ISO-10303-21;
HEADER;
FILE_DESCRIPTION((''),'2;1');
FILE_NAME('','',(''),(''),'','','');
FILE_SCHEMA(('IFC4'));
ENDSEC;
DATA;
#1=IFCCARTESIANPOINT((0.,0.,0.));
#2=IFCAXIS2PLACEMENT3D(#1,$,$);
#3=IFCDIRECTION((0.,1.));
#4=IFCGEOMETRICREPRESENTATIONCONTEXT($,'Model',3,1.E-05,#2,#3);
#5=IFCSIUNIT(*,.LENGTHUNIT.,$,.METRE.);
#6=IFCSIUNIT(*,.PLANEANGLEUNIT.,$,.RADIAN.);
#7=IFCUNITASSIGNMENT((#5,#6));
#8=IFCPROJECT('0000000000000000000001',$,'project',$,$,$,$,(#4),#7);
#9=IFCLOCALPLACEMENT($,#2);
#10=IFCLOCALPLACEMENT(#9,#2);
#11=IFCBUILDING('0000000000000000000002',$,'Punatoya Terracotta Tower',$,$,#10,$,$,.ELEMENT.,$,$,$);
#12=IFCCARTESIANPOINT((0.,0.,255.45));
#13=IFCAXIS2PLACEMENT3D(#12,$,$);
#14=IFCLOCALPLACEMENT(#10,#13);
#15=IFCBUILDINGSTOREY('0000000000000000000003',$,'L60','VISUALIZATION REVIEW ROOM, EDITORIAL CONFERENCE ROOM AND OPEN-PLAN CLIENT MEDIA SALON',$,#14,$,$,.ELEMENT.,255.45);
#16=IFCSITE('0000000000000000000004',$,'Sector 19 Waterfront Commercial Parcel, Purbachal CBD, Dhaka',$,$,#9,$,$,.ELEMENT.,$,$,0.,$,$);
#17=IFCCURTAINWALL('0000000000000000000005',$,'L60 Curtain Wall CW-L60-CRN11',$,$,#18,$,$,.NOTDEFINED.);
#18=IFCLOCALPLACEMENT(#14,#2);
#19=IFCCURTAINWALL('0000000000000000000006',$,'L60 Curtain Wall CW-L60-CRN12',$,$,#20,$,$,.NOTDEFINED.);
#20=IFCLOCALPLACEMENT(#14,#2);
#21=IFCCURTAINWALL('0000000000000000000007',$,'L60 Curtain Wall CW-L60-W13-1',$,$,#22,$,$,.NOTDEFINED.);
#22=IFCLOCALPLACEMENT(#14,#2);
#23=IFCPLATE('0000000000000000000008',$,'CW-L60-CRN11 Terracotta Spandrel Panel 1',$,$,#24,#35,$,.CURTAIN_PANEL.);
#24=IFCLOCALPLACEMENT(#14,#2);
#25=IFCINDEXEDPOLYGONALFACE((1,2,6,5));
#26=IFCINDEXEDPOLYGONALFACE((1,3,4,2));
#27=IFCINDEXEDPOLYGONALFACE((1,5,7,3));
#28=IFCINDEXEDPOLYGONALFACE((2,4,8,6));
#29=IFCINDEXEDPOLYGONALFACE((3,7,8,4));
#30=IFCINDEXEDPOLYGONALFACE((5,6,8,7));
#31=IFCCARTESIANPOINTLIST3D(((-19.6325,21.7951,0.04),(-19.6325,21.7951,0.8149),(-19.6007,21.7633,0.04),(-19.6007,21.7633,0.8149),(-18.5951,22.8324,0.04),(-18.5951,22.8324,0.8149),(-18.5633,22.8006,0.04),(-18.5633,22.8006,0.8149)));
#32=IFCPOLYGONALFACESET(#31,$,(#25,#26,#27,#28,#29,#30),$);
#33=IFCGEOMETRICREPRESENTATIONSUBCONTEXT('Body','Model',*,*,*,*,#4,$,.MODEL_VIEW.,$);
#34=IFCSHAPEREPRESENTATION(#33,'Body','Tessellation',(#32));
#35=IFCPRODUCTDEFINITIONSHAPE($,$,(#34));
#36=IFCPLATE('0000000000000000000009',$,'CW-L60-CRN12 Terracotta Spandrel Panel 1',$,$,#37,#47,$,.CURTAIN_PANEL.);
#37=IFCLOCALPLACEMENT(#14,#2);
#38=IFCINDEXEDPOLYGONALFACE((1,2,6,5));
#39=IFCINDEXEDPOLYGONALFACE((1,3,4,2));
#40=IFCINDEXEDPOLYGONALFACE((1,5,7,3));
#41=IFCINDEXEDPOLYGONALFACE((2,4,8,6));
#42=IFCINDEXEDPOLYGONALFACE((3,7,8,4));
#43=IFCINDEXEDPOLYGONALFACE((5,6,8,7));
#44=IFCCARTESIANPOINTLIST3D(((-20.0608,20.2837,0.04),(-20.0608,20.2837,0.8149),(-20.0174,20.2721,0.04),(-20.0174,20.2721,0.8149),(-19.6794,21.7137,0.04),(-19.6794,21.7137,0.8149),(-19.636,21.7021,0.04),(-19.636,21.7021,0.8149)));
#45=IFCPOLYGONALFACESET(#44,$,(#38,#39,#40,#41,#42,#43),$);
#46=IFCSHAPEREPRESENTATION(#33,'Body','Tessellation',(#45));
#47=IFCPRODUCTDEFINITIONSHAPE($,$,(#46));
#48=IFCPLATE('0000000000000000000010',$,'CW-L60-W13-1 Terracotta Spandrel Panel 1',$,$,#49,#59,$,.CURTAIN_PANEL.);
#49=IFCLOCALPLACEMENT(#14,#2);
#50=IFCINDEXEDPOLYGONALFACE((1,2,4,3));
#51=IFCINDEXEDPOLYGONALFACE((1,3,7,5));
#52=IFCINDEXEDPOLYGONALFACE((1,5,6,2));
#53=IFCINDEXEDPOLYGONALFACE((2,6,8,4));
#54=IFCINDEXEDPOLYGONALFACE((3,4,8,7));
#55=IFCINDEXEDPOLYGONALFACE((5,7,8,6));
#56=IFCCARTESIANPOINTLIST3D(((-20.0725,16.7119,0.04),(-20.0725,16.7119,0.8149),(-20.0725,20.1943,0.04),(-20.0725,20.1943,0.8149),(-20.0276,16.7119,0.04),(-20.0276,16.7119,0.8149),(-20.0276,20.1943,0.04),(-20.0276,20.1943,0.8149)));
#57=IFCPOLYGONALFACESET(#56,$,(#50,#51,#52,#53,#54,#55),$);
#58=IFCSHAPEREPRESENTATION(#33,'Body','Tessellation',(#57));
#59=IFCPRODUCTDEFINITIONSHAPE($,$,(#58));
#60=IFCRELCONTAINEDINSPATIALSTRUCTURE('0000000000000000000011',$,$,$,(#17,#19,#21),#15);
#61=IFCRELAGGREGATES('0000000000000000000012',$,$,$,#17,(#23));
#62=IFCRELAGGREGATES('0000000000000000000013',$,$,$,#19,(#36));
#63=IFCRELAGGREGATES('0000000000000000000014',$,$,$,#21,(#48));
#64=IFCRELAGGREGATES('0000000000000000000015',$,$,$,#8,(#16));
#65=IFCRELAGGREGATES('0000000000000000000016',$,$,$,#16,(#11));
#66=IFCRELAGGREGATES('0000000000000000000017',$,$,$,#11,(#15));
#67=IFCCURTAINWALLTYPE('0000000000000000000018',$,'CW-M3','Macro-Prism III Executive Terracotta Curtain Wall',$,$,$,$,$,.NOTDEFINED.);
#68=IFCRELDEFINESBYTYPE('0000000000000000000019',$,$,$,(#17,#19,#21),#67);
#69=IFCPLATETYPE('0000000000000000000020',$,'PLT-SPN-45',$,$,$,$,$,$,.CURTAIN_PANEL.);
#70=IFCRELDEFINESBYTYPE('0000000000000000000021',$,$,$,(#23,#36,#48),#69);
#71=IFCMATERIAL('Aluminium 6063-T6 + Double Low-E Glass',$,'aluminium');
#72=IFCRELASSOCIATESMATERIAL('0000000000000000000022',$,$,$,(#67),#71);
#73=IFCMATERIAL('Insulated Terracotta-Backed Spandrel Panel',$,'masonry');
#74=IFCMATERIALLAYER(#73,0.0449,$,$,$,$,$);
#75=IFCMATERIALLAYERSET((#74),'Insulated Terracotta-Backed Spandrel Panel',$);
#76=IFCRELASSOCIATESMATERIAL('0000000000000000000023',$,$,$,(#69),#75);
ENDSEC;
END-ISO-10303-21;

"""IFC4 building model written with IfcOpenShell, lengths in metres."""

from ifc_helpers import new_model, si_unit, direction, frame, origin, origin_2d, place, context, subcontext, project, spatial, rectangle, extrude, material, layer, layer_set, type_object, element, aggregate, save


model = new_model("IFC4")

# Units and contexts
model_context = context("Model", 3, precision=1e-05, world=origin(), true_north=direction((0.0, 1.0)))
body_context = subcontext(model_context, "Body", "Model", "MODEL_VIEW")
ifc_project = project(units=[si_unit("LENGTHUNIT", "METRE"), si_unit("PLANEANGLEUNIT", "RADIAN")], contexts=[model_context])

# Site, building, storey
site_placement = place(None, origin())
site = spatial("IfcSite", under=ifc_project, at=site_placement, Name="Sector 19 Waterfront Commercial Parcel, Purbachal CBD, Dhaka", CompositionType="ELEMENT", RefElevation=0.0)
building_placement = place(site_placement, origin())
building = spatial("IfcBuilding", under=site, at=building_placement, Name="Punatoya Terracotta Tower", CompositionType="ELEMENT")
storey_placement = place(building_placement, frame((0.0, 0.0, 255.45)))
storey = spatial("IfcBuildingStorey", under=building, at=storey_placement, Name="L60", Description="VISUALIZATION REVIEW ROOM, EDITORIAL CONFERENCE ROOM AND OPEN-PLAN CLIENT MEDIA SALON", CompositionType="ELEMENT", Elevation=255.45)

# Shared definitions
ifc_material_1 = material(Name="Aluminium 6063-T6 + Double Low-E Glass", Category="aluminium")
curtain_wall_type = type_object("IfcCurtainWallType", Name="CW-M3", Description="Macro-Prism III Executive Terracotta Curtain Wall", PredefinedType="NOTDEFINED", material=ifc_material_1)

# Curtain walls
curtain_wall_1_placement = place(storey_placement, origin())
curtain_wall_1 = element("IfcCurtainWall", 1, at=curtain_wall_1_placement, inside=storey, type_object=curtain_wall_type, Name="L60 Curtain Wall CW-L60-CRN11", PredefinedType="NOTDEFINED")
curtain_wall_2_placement = place(storey_placement, origin())
curtain_wall_2 = element("IfcCurtainWall", 2, at=curtain_wall_2_placement, inside=storey, type_object=curtain_wall_type, Name="L60 Curtain Wall CW-L60-CRN12", PredefinedType="NOTDEFINED")
curtain_wall_3_placement = place(storey_placement, origin())
curtain_wall_3 = element("IfcCurtainWall", 3, at=curtain_wall_3_placement, inside=storey, type_object=curtain_wall_type, Name="L60 Curtain Wall CW-L60-W13-1", PredefinedType="NOTDEFINED")

# Plates
ifc_material_2 = material(Name="Insulated Terracotta-Backed Spandrel Panel", Category="masonry")
ifc_layer_1 = layer(ifc_material_2, 0.0449)
ifc_layer_set_1 = layer_set([ifc_layer_1], Name="Insulated Terracotta-Backed Spandrel Panel")
plate_type_1 = type_object("IfcPlateType", Name="PLT-SPN-45", PredefinedType="CURTAIN_PANEL", material=ifc_layer_set_1)
plate_1_placement = place(storey_placement, frame((-19.0979, 22.2979, 0.04), z_axis=(0.0, 0.0, 1.0), x_axis=(-0.707107, -0.707107, 0.0)))
plate_1 = element("IfcPlate", 4, at=plate_1_placement, type_object=plate_type_1, Name="CW-L60-CRN11 Terracotta Spandrel Panel 1", PredefinedType="CURTAIN_PANEL", context=body_context, shape_type="SweptSolid", body=[
    extrude(rectangle(XDim=1.467, YDim=0.0449, at=origin_2d()), origin(), (0.0, 0.0, 1.0), 0.7749),
])
aggregate(curtain_wall_1, [plate_1])
plate_2_placement = place(storey_placement, frame((-19.8484, 20.9929, 0.04), z_axis=(0.0, 0.0, 1.0), x_axis=(-0.257742, -0.966214, 0.0)))
plate_2 = element("IfcPlate", 5, at=plate_2_placement, type_object=plate_type_1, Name="CW-L60-CRN12 Terracotta Spandrel Panel 1", PredefinedType="CURTAIN_PANEL", context=body_context, shape_type="SweptSolid", body=[
    extrude(rectangle(XDim=1.48, YDim=0.0449, at=origin_2d()), origin(), (0.0, 0.0, 1.0), 0.7749),
])
aggregate(curtain_wall_2, [plate_2])
plate_3_placement = place(storey_placement, frame((-20.05, 18.4531, 0.04), z_axis=(0.0, 0.0, 1.0), x_axis=(0.0, -1.0, 0.0)))
plate_3 = element("IfcPlate", 6, at=plate_3_placement, type_object=plate_type_1, Name="CW-L60-W13-1 Terracotta Spandrel Panel 1", PredefinedType="CURTAIN_PANEL", context=body_context, shape_type="SweptSolid", body=[
    extrude(rectangle(XDim=3.4824, YDim=0.0449, at=origin_2d()), origin(), (0.0, 0.0, 1.0), 0.7749),
])
aggregate(curtain_wall_3, [plate_3])

save(model, "model.ifc")
